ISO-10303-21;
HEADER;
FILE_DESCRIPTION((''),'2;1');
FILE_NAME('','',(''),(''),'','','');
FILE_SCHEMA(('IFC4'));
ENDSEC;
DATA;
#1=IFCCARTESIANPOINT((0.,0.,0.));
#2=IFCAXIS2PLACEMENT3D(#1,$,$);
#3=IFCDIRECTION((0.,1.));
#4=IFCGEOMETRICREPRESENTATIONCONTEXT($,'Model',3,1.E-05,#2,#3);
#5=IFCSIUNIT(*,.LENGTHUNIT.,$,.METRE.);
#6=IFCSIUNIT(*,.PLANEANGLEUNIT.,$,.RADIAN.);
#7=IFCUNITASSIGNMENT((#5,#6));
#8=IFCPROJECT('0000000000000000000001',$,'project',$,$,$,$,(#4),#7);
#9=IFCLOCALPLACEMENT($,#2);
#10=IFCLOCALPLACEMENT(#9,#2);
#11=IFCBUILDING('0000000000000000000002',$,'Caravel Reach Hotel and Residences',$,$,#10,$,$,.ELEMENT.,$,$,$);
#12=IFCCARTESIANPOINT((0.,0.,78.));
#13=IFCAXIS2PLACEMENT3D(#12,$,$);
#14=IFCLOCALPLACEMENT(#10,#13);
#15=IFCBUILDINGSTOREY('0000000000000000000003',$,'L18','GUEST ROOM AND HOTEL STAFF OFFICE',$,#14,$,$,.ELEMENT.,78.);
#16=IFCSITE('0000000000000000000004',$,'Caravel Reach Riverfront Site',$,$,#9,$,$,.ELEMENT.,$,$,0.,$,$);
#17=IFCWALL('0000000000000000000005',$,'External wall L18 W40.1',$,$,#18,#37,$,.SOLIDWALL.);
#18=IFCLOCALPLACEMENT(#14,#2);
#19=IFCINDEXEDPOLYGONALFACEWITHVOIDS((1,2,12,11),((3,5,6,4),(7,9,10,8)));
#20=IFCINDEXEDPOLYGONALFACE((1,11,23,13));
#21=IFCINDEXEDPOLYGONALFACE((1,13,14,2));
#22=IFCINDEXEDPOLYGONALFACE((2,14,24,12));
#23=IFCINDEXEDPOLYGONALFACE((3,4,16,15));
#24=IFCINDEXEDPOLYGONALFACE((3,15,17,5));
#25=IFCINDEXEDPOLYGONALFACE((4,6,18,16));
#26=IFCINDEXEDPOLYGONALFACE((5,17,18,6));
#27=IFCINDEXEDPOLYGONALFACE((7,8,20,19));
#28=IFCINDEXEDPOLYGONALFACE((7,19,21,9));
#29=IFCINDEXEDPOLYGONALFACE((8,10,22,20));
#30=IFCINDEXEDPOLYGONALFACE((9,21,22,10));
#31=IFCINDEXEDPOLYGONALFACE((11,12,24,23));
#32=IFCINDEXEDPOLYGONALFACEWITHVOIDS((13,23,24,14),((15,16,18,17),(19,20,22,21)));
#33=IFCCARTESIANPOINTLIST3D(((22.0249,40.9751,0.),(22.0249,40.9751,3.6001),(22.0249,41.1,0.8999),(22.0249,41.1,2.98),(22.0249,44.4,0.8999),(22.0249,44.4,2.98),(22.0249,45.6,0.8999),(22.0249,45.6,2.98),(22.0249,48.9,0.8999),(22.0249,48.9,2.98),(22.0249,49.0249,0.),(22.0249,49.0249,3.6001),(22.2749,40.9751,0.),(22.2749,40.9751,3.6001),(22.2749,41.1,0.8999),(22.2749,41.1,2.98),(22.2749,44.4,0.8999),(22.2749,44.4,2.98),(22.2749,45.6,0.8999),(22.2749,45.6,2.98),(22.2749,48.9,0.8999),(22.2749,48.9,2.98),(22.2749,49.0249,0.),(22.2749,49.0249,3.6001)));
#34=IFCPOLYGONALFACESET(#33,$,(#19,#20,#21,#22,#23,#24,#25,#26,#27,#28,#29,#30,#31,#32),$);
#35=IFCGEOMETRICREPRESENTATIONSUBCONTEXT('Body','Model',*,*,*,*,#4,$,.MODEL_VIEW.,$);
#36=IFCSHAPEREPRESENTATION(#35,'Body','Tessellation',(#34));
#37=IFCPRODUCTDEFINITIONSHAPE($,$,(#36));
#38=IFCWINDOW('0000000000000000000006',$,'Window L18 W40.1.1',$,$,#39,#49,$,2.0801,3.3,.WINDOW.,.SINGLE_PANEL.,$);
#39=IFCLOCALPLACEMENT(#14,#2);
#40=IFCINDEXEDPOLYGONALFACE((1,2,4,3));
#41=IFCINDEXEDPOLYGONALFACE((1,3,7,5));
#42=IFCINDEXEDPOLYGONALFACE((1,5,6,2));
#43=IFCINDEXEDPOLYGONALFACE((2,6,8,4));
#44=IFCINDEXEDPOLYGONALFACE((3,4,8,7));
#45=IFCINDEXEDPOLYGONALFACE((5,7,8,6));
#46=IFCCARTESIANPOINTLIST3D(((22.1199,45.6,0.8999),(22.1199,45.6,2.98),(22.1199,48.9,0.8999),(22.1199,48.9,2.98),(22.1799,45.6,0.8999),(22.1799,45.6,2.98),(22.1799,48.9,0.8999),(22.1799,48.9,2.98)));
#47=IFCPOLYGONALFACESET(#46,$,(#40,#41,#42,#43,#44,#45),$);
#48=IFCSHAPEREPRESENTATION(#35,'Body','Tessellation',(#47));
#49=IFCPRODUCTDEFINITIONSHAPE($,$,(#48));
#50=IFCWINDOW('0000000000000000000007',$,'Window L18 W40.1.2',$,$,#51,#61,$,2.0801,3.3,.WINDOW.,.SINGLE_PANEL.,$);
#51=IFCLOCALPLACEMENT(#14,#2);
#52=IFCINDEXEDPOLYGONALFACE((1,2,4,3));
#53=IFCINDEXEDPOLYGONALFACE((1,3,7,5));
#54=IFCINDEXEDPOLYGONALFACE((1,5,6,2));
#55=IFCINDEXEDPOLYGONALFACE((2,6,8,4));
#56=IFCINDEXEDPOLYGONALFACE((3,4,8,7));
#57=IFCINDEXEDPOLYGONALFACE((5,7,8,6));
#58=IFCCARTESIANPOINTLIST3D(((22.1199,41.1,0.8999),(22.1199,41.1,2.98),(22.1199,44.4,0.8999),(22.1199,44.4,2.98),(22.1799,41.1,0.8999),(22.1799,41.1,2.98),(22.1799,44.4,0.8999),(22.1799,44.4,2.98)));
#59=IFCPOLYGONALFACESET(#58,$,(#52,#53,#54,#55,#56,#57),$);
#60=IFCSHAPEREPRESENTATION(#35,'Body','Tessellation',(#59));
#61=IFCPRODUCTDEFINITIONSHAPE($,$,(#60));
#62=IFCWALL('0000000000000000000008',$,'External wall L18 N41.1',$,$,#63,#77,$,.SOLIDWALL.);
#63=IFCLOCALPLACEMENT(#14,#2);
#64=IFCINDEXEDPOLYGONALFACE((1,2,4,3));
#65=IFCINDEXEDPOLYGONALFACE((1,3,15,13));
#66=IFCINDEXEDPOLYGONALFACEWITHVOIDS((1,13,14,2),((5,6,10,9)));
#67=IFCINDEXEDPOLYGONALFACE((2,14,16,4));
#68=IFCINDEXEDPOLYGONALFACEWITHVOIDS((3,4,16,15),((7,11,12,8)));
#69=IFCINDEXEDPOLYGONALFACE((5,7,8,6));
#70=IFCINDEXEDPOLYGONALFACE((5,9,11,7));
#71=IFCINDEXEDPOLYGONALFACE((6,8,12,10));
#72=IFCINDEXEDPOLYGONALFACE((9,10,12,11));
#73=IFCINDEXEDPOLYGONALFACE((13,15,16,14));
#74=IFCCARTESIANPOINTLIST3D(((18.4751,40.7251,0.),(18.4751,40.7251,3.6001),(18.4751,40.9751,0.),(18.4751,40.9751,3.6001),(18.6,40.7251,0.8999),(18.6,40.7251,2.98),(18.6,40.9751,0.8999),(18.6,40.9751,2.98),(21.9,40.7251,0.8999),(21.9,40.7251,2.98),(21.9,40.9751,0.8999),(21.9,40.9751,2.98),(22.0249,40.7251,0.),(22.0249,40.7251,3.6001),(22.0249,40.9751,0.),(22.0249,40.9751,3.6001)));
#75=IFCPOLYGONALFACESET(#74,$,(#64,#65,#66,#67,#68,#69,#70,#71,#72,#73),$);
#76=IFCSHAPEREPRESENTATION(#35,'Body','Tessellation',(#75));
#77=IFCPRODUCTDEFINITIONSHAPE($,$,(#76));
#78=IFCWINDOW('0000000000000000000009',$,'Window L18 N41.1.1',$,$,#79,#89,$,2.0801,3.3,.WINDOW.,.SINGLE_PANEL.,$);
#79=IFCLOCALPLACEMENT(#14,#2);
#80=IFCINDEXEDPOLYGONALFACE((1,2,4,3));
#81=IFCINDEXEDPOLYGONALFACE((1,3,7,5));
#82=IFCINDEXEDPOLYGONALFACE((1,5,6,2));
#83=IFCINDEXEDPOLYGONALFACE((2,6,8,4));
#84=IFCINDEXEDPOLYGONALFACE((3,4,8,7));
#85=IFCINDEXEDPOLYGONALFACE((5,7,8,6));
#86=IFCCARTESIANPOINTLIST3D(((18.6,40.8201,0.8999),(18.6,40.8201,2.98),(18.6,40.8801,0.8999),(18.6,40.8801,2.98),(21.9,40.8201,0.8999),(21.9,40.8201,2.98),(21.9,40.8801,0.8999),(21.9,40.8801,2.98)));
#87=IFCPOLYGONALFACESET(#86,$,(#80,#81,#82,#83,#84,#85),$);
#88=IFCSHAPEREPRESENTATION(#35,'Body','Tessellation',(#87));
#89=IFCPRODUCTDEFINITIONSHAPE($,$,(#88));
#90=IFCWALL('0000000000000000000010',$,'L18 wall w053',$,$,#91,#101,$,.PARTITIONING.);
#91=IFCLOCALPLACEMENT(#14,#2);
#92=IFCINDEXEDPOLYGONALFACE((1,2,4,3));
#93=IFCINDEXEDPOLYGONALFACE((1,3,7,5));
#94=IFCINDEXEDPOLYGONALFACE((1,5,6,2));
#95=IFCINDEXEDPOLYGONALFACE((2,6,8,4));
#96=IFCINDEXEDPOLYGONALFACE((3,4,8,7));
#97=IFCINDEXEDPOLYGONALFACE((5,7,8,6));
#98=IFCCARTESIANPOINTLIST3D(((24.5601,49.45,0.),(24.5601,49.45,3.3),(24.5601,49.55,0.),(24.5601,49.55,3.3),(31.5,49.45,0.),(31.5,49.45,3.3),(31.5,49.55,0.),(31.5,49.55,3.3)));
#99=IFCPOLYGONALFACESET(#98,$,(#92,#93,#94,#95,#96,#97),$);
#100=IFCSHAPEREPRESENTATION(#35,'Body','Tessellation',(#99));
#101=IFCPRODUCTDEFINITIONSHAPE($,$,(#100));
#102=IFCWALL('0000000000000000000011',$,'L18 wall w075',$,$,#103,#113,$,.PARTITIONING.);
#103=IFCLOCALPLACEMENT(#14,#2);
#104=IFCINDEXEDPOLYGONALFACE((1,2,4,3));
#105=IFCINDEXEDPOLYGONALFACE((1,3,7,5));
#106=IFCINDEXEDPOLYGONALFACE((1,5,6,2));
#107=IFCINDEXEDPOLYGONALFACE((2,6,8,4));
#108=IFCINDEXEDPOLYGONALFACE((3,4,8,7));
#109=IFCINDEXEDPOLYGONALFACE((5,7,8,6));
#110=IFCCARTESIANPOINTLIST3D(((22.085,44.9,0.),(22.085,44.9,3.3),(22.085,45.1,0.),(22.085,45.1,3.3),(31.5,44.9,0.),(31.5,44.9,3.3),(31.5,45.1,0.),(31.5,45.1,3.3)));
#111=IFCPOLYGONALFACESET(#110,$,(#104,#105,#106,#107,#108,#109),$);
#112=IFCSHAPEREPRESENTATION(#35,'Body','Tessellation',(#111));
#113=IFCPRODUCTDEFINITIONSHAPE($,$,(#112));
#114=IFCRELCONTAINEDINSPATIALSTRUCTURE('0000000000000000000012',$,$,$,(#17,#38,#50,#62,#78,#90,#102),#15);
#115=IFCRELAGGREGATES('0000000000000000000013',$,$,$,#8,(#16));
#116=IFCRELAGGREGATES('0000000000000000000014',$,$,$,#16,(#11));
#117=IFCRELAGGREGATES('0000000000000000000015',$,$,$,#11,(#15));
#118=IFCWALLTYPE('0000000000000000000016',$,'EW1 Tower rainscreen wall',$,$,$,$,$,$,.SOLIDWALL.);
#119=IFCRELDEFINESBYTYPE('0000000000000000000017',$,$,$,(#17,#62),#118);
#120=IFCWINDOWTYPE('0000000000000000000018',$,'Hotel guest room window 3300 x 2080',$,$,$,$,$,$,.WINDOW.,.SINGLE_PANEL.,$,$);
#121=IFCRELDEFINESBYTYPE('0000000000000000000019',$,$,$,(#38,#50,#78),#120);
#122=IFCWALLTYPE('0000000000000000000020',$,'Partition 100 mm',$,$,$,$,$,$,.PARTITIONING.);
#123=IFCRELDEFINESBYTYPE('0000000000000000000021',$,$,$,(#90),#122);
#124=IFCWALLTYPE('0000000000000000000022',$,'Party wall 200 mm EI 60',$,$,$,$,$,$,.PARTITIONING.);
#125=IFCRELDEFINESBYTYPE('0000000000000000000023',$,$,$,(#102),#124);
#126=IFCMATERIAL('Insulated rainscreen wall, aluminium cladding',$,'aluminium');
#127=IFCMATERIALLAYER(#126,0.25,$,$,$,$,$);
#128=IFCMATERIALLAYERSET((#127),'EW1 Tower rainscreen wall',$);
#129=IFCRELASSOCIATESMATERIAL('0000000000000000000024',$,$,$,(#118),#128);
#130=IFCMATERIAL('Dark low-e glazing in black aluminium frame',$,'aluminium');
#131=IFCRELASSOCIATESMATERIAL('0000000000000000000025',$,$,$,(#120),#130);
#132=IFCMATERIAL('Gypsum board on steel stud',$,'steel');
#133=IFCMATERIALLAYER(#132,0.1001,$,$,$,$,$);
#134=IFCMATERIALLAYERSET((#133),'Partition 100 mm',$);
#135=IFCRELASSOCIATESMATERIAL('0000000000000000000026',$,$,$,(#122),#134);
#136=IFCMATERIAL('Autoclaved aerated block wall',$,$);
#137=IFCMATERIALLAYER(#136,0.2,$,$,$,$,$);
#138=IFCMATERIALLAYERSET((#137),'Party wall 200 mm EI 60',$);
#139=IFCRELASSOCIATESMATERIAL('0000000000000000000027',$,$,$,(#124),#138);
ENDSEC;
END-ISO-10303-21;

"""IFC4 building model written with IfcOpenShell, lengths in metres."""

from ifc_helpers import new_model, si_unit, direction, frame, frame_2d, origin, place, context, subcontext, project, spatial, rectangle, extrude, material, layer, layer_set, type_object, element, fill, save


model = new_model("IFC4")

# Units and contexts
model_context = context("Model", 3, precision=1e-05, world=origin(), true_north=direction((0.0, 1.0)))
body_context = subcontext(model_context, "Body", "Model", "MODEL_VIEW")
ifc_project = project(units=[si_unit("LENGTHUNIT", "METRE"), si_unit("PLANEANGLEUNIT", "RADIAN")], contexts=[model_context])

# Site, building, storey
site_placement = place(None, origin())
site = spatial("IfcSite", under=ifc_project, at=site_placement, Name="Caravel Reach Riverfront Site", CompositionType="ELEMENT", RefElevation=0.0)
building_placement = place(site_placement, origin())
building = spatial("IfcBuilding", under=site, at=building_placement, Name="Caravel Reach Hotel and Residences", CompositionType="ELEMENT")
storey_placement = place(building_placement, frame((0.0, 0.0, 78.0)))
storey = spatial("IfcBuildingStorey", under=building, at=storey_placement, Name="L18", Description="GUEST ROOM AND HOTEL STAFF OFFICE", CompositionType="ELEMENT", Elevation=78.0)

# Shared definitions
ifc_material_1 = material(Name="Insulated rainscreen wall, aluminium cladding", Category="aluminium")
ifc_layer_1 = layer(ifc_material_1, 0.25)
ifc_layer_set_1 = layer_set([ifc_layer_1], Name="EW1 Tower rainscreen wall")
wall_type_1 = type_object("IfcWallType", Name="EW1 Tower rainscreen wall", PredefinedType="SOLIDWALL", material=ifc_layer_set_1)

# Wall, openings, windows
wall_1_placement = place(storey_placement, frame((22.1499, 49.0249, 0.0), z_axis=(0.0, 0.0, 1.0), x_axis=(0.0, -1.0, 0.0)))
wall_1 = element("IfcWall", 1, at=wall_1_placement, inside=storey, type_object=wall_type_1, Name="External wall L18 W40.1", PredefinedType="SOLIDWALL", context=body_context, shape_type="SweptSolid", body=[
    extrude(rectangle(XDim=8.0498, YDim=0.25, at=frame_2d((4.0249, 0.0))), origin(), (0.0, 0.0, 1.0), 3.6001),
])
opening_1_placement = place(wall_1_placement, frame((0.125, 0.0, 0.8999)))
opening_1 = element("IfcOpeningElement", 2, at=opening_1_placement, cuts=wall_1, PredefinedType="OPENING", context=body_context, shape_type="SweptSolid", body=[
    extrude(rectangle(XDim=3.3, YDim=2.0801, at=frame_2d((1.6499, 1.04))), frame((0.0, 0.135, 0.0), z_axis=(0.0, -1.0, 0.0), x_axis=(1.0, 0.0, 0.0)), (0.0, 0.0, 1.0), 0.27),
])
opening_2_placement = place(wall_1_placement, frame((4.625, 0.0, 0.8999)))
opening_2 = element("IfcOpeningElement", 3, at=opening_2_placement, cuts=wall_1, PredefinedType="OPENING", context=body_context, shape_type="SweptSolid", body=[
    extrude(rectangle(XDim=3.3, YDim=2.0801, at=frame_2d((1.6499, 1.04))), frame((0.0, 0.135, 0.0), z_axis=(0.0, -1.0, 0.0), x_axis=(1.0, 0.0, 0.0)), (0.0, 0.0, 1.0), 0.27),
])
ifc_material_2 = material(Name="Dark low-e glazing in black aluminium frame", Category="aluminium")
window_type_1 = type_object("IfcWindowType", Name="Hotel guest room window 3300 x 2080", PartitioningType="SINGLE_PANEL", PredefinedType="WINDOW", material=ifc_material_2)
window_1_placement = place(opening_1_placement, origin())
window_1 = element("IfcWindow", 4, at=window_1_placement, inside=storey, type_object=window_type_1, Name="Window L18 W40.1.1", OverallHeight=2.0801, OverallWidth=3.3, PartitioningType="SINGLE_PANEL", PredefinedType="WINDOW", context=body_context, shape_type="SweptSolid", body=[
    extrude(rectangle(XDim=3.3, YDim=2.0801, at=frame_2d((1.6499, 1.04))), frame((0.0, 0.03, 0.0), z_axis=(0.0, -1.0, 0.0), x_axis=(1.0, 0.0, 0.0)), (0.0, 0.0, 1.0), 0.0601),
])
fill(opening_1, window_1)
window_2_placement = place(opening_2_placement, origin())
window_2 = element("IfcWindow", 5, at=window_2_placement, inside=storey, type_object=window_type_1, Name="Window L18 W40.1.2", OverallHeight=2.0801, OverallWidth=3.3, PartitioningType="SINGLE_PANEL", PredefinedType="WINDOW", context=body_context, shape_type="SweptSolid", body=[
    extrude(rectangle(XDim=3.3, YDim=2.0801, at=frame_2d((1.6499, 1.04))), frame((0.0, 0.03, 0.0), z_axis=(0.0, -1.0, 0.0), x_axis=(1.0, 0.0, 0.0)), (0.0, 0.0, 1.0), 0.0601),
])
fill(opening_2, window_2)

# Wall, opening, window
wall_2_placement = place(storey_placement, frame((22.0249, 40.8501, 0.0), z_axis=(0.0, 0.0, 1.0), x_axis=(-1.0, 0.0, 0.0)))
wall_2 = element("IfcWall", 6, at=wall_2_placement, inside=storey, type_object=wall_type_1, Name="External wall L18 N41.1", PredefinedType="SOLIDWALL", context=body_context, shape_type="SweptSolid", body=[
    extrude(rectangle(XDim=3.5498, YDim=0.25, at=frame_2d((1.7749, 0.0))), origin(), (0.0, 0.0, 1.0), 3.6001),
])
opening_3_placement = place(wall_2_placement, frame((0.125, 0.0, 0.8999)))
opening_3 = element("IfcOpeningElement", 7, at=opening_3_placement, cuts=wall_2, PredefinedType="OPENING", context=body_context, shape_type="SweptSolid", body=[
    extrude(rectangle(XDim=3.3, YDim=2.0801, at=frame_2d((1.6499, 1.04))), frame((0.0, 0.135, 0.0), z_axis=(0.0, -1.0, 0.0), x_axis=(1.0, 0.0, 0.0)), (0.0, 0.0, 1.0), 0.27),
])
window_3_placement = place(opening_3_placement, origin())
window_3 = element("IfcWindow", 8, at=window_3_placement, inside=storey, type_object=window_type_1, Name="Window L18 N41.1.1", OverallHeight=2.0801, OverallWidth=3.3, PartitioningType="SINGLE_PANEL", PredefinedType="WINDOW", context=body_context, shape_type="SweptSolid", body=[
    extrude(rectangle(XDim=3.3, YDim=2.0801, at=frame_2d((1.6499, 1.04))), frame((0.0, 0.03, 0.0), z_axis=(0.0, -1.0, 0.0), x_axis=(1.0, 0.0, 0.0)), (0.0, 0.0, 1.0), 0.0601),
])
fill(opening_3, window_3)

# Walls
ifc_material_3 = material(Name="Gypsum board on steel stud", Category="steel")
ifc_layer_2 = layer(ifc_material_3, 0.1001)
ifc_layer_set_2 = layer_set([ifc_layer_2], Name="Partition 100 mm")
wall_type_2 = type_object("IfcWallType", Name="Partition 100 mm", PredefinedType="PARTITIONING", material=ifc_layer_set_2)
wall_3_placement = place(storey_placement, frame((24.5601, 49.5, 0.0), z_axis=(0.0, 0.0, 1.0), x_axis=(1.0, 0.0, 0.0)))
element("IfcWall", 9, at=wall_3_placement, inside=storey, type_object=wall_type_2, Name="L18 wall w053", PredefinedType="PARTITIONING", context=body_context, shape_type="SweptSolid", body=[
    extrude(rectangle(XDim=6.9399, YDim=0.1001, at=frame_2d((3.47, 0.0))), origin(), (0.0, 0.0, 1.0), 3.3),
])
ifc_material_4 = material(Name="Autoclaved aerated block wall")
ifc_layer_3 = layer(ifc_material_4, 0.2)
ifc_layer_set_3 = layer_set([ifc_layer_3], Name="Party wall 200 mm EI 60")
wall_type_3 = type_object("IfcWallType", Name="Party wall 200 mm EI 60", PredefinedType="PARTITIONING", material=ifc_layer_set_3)
wall_4_placement = place(storey_placement, frame((22.085, 45.0, 0.0), z_axis=(0.0, 0.0, 1.0), x_axis=(1.0, 0.0, 0.0)))
element("IfcWall", 10, at=wall_4_placement, inside=storey, type_object=wall_type_3, Name="L18 wall w075", PredefinedType="PARTITIONING", context=body_context, shape_type="SweptSolid", body=[
    extrude(rectangle(XDim=9.415, YDim=0.2, at=frame_2d((4.7075, 0.0))), origin(), (0.0, 0.0, 1.0), 3.3),
])

save(model, "model.ifc")
